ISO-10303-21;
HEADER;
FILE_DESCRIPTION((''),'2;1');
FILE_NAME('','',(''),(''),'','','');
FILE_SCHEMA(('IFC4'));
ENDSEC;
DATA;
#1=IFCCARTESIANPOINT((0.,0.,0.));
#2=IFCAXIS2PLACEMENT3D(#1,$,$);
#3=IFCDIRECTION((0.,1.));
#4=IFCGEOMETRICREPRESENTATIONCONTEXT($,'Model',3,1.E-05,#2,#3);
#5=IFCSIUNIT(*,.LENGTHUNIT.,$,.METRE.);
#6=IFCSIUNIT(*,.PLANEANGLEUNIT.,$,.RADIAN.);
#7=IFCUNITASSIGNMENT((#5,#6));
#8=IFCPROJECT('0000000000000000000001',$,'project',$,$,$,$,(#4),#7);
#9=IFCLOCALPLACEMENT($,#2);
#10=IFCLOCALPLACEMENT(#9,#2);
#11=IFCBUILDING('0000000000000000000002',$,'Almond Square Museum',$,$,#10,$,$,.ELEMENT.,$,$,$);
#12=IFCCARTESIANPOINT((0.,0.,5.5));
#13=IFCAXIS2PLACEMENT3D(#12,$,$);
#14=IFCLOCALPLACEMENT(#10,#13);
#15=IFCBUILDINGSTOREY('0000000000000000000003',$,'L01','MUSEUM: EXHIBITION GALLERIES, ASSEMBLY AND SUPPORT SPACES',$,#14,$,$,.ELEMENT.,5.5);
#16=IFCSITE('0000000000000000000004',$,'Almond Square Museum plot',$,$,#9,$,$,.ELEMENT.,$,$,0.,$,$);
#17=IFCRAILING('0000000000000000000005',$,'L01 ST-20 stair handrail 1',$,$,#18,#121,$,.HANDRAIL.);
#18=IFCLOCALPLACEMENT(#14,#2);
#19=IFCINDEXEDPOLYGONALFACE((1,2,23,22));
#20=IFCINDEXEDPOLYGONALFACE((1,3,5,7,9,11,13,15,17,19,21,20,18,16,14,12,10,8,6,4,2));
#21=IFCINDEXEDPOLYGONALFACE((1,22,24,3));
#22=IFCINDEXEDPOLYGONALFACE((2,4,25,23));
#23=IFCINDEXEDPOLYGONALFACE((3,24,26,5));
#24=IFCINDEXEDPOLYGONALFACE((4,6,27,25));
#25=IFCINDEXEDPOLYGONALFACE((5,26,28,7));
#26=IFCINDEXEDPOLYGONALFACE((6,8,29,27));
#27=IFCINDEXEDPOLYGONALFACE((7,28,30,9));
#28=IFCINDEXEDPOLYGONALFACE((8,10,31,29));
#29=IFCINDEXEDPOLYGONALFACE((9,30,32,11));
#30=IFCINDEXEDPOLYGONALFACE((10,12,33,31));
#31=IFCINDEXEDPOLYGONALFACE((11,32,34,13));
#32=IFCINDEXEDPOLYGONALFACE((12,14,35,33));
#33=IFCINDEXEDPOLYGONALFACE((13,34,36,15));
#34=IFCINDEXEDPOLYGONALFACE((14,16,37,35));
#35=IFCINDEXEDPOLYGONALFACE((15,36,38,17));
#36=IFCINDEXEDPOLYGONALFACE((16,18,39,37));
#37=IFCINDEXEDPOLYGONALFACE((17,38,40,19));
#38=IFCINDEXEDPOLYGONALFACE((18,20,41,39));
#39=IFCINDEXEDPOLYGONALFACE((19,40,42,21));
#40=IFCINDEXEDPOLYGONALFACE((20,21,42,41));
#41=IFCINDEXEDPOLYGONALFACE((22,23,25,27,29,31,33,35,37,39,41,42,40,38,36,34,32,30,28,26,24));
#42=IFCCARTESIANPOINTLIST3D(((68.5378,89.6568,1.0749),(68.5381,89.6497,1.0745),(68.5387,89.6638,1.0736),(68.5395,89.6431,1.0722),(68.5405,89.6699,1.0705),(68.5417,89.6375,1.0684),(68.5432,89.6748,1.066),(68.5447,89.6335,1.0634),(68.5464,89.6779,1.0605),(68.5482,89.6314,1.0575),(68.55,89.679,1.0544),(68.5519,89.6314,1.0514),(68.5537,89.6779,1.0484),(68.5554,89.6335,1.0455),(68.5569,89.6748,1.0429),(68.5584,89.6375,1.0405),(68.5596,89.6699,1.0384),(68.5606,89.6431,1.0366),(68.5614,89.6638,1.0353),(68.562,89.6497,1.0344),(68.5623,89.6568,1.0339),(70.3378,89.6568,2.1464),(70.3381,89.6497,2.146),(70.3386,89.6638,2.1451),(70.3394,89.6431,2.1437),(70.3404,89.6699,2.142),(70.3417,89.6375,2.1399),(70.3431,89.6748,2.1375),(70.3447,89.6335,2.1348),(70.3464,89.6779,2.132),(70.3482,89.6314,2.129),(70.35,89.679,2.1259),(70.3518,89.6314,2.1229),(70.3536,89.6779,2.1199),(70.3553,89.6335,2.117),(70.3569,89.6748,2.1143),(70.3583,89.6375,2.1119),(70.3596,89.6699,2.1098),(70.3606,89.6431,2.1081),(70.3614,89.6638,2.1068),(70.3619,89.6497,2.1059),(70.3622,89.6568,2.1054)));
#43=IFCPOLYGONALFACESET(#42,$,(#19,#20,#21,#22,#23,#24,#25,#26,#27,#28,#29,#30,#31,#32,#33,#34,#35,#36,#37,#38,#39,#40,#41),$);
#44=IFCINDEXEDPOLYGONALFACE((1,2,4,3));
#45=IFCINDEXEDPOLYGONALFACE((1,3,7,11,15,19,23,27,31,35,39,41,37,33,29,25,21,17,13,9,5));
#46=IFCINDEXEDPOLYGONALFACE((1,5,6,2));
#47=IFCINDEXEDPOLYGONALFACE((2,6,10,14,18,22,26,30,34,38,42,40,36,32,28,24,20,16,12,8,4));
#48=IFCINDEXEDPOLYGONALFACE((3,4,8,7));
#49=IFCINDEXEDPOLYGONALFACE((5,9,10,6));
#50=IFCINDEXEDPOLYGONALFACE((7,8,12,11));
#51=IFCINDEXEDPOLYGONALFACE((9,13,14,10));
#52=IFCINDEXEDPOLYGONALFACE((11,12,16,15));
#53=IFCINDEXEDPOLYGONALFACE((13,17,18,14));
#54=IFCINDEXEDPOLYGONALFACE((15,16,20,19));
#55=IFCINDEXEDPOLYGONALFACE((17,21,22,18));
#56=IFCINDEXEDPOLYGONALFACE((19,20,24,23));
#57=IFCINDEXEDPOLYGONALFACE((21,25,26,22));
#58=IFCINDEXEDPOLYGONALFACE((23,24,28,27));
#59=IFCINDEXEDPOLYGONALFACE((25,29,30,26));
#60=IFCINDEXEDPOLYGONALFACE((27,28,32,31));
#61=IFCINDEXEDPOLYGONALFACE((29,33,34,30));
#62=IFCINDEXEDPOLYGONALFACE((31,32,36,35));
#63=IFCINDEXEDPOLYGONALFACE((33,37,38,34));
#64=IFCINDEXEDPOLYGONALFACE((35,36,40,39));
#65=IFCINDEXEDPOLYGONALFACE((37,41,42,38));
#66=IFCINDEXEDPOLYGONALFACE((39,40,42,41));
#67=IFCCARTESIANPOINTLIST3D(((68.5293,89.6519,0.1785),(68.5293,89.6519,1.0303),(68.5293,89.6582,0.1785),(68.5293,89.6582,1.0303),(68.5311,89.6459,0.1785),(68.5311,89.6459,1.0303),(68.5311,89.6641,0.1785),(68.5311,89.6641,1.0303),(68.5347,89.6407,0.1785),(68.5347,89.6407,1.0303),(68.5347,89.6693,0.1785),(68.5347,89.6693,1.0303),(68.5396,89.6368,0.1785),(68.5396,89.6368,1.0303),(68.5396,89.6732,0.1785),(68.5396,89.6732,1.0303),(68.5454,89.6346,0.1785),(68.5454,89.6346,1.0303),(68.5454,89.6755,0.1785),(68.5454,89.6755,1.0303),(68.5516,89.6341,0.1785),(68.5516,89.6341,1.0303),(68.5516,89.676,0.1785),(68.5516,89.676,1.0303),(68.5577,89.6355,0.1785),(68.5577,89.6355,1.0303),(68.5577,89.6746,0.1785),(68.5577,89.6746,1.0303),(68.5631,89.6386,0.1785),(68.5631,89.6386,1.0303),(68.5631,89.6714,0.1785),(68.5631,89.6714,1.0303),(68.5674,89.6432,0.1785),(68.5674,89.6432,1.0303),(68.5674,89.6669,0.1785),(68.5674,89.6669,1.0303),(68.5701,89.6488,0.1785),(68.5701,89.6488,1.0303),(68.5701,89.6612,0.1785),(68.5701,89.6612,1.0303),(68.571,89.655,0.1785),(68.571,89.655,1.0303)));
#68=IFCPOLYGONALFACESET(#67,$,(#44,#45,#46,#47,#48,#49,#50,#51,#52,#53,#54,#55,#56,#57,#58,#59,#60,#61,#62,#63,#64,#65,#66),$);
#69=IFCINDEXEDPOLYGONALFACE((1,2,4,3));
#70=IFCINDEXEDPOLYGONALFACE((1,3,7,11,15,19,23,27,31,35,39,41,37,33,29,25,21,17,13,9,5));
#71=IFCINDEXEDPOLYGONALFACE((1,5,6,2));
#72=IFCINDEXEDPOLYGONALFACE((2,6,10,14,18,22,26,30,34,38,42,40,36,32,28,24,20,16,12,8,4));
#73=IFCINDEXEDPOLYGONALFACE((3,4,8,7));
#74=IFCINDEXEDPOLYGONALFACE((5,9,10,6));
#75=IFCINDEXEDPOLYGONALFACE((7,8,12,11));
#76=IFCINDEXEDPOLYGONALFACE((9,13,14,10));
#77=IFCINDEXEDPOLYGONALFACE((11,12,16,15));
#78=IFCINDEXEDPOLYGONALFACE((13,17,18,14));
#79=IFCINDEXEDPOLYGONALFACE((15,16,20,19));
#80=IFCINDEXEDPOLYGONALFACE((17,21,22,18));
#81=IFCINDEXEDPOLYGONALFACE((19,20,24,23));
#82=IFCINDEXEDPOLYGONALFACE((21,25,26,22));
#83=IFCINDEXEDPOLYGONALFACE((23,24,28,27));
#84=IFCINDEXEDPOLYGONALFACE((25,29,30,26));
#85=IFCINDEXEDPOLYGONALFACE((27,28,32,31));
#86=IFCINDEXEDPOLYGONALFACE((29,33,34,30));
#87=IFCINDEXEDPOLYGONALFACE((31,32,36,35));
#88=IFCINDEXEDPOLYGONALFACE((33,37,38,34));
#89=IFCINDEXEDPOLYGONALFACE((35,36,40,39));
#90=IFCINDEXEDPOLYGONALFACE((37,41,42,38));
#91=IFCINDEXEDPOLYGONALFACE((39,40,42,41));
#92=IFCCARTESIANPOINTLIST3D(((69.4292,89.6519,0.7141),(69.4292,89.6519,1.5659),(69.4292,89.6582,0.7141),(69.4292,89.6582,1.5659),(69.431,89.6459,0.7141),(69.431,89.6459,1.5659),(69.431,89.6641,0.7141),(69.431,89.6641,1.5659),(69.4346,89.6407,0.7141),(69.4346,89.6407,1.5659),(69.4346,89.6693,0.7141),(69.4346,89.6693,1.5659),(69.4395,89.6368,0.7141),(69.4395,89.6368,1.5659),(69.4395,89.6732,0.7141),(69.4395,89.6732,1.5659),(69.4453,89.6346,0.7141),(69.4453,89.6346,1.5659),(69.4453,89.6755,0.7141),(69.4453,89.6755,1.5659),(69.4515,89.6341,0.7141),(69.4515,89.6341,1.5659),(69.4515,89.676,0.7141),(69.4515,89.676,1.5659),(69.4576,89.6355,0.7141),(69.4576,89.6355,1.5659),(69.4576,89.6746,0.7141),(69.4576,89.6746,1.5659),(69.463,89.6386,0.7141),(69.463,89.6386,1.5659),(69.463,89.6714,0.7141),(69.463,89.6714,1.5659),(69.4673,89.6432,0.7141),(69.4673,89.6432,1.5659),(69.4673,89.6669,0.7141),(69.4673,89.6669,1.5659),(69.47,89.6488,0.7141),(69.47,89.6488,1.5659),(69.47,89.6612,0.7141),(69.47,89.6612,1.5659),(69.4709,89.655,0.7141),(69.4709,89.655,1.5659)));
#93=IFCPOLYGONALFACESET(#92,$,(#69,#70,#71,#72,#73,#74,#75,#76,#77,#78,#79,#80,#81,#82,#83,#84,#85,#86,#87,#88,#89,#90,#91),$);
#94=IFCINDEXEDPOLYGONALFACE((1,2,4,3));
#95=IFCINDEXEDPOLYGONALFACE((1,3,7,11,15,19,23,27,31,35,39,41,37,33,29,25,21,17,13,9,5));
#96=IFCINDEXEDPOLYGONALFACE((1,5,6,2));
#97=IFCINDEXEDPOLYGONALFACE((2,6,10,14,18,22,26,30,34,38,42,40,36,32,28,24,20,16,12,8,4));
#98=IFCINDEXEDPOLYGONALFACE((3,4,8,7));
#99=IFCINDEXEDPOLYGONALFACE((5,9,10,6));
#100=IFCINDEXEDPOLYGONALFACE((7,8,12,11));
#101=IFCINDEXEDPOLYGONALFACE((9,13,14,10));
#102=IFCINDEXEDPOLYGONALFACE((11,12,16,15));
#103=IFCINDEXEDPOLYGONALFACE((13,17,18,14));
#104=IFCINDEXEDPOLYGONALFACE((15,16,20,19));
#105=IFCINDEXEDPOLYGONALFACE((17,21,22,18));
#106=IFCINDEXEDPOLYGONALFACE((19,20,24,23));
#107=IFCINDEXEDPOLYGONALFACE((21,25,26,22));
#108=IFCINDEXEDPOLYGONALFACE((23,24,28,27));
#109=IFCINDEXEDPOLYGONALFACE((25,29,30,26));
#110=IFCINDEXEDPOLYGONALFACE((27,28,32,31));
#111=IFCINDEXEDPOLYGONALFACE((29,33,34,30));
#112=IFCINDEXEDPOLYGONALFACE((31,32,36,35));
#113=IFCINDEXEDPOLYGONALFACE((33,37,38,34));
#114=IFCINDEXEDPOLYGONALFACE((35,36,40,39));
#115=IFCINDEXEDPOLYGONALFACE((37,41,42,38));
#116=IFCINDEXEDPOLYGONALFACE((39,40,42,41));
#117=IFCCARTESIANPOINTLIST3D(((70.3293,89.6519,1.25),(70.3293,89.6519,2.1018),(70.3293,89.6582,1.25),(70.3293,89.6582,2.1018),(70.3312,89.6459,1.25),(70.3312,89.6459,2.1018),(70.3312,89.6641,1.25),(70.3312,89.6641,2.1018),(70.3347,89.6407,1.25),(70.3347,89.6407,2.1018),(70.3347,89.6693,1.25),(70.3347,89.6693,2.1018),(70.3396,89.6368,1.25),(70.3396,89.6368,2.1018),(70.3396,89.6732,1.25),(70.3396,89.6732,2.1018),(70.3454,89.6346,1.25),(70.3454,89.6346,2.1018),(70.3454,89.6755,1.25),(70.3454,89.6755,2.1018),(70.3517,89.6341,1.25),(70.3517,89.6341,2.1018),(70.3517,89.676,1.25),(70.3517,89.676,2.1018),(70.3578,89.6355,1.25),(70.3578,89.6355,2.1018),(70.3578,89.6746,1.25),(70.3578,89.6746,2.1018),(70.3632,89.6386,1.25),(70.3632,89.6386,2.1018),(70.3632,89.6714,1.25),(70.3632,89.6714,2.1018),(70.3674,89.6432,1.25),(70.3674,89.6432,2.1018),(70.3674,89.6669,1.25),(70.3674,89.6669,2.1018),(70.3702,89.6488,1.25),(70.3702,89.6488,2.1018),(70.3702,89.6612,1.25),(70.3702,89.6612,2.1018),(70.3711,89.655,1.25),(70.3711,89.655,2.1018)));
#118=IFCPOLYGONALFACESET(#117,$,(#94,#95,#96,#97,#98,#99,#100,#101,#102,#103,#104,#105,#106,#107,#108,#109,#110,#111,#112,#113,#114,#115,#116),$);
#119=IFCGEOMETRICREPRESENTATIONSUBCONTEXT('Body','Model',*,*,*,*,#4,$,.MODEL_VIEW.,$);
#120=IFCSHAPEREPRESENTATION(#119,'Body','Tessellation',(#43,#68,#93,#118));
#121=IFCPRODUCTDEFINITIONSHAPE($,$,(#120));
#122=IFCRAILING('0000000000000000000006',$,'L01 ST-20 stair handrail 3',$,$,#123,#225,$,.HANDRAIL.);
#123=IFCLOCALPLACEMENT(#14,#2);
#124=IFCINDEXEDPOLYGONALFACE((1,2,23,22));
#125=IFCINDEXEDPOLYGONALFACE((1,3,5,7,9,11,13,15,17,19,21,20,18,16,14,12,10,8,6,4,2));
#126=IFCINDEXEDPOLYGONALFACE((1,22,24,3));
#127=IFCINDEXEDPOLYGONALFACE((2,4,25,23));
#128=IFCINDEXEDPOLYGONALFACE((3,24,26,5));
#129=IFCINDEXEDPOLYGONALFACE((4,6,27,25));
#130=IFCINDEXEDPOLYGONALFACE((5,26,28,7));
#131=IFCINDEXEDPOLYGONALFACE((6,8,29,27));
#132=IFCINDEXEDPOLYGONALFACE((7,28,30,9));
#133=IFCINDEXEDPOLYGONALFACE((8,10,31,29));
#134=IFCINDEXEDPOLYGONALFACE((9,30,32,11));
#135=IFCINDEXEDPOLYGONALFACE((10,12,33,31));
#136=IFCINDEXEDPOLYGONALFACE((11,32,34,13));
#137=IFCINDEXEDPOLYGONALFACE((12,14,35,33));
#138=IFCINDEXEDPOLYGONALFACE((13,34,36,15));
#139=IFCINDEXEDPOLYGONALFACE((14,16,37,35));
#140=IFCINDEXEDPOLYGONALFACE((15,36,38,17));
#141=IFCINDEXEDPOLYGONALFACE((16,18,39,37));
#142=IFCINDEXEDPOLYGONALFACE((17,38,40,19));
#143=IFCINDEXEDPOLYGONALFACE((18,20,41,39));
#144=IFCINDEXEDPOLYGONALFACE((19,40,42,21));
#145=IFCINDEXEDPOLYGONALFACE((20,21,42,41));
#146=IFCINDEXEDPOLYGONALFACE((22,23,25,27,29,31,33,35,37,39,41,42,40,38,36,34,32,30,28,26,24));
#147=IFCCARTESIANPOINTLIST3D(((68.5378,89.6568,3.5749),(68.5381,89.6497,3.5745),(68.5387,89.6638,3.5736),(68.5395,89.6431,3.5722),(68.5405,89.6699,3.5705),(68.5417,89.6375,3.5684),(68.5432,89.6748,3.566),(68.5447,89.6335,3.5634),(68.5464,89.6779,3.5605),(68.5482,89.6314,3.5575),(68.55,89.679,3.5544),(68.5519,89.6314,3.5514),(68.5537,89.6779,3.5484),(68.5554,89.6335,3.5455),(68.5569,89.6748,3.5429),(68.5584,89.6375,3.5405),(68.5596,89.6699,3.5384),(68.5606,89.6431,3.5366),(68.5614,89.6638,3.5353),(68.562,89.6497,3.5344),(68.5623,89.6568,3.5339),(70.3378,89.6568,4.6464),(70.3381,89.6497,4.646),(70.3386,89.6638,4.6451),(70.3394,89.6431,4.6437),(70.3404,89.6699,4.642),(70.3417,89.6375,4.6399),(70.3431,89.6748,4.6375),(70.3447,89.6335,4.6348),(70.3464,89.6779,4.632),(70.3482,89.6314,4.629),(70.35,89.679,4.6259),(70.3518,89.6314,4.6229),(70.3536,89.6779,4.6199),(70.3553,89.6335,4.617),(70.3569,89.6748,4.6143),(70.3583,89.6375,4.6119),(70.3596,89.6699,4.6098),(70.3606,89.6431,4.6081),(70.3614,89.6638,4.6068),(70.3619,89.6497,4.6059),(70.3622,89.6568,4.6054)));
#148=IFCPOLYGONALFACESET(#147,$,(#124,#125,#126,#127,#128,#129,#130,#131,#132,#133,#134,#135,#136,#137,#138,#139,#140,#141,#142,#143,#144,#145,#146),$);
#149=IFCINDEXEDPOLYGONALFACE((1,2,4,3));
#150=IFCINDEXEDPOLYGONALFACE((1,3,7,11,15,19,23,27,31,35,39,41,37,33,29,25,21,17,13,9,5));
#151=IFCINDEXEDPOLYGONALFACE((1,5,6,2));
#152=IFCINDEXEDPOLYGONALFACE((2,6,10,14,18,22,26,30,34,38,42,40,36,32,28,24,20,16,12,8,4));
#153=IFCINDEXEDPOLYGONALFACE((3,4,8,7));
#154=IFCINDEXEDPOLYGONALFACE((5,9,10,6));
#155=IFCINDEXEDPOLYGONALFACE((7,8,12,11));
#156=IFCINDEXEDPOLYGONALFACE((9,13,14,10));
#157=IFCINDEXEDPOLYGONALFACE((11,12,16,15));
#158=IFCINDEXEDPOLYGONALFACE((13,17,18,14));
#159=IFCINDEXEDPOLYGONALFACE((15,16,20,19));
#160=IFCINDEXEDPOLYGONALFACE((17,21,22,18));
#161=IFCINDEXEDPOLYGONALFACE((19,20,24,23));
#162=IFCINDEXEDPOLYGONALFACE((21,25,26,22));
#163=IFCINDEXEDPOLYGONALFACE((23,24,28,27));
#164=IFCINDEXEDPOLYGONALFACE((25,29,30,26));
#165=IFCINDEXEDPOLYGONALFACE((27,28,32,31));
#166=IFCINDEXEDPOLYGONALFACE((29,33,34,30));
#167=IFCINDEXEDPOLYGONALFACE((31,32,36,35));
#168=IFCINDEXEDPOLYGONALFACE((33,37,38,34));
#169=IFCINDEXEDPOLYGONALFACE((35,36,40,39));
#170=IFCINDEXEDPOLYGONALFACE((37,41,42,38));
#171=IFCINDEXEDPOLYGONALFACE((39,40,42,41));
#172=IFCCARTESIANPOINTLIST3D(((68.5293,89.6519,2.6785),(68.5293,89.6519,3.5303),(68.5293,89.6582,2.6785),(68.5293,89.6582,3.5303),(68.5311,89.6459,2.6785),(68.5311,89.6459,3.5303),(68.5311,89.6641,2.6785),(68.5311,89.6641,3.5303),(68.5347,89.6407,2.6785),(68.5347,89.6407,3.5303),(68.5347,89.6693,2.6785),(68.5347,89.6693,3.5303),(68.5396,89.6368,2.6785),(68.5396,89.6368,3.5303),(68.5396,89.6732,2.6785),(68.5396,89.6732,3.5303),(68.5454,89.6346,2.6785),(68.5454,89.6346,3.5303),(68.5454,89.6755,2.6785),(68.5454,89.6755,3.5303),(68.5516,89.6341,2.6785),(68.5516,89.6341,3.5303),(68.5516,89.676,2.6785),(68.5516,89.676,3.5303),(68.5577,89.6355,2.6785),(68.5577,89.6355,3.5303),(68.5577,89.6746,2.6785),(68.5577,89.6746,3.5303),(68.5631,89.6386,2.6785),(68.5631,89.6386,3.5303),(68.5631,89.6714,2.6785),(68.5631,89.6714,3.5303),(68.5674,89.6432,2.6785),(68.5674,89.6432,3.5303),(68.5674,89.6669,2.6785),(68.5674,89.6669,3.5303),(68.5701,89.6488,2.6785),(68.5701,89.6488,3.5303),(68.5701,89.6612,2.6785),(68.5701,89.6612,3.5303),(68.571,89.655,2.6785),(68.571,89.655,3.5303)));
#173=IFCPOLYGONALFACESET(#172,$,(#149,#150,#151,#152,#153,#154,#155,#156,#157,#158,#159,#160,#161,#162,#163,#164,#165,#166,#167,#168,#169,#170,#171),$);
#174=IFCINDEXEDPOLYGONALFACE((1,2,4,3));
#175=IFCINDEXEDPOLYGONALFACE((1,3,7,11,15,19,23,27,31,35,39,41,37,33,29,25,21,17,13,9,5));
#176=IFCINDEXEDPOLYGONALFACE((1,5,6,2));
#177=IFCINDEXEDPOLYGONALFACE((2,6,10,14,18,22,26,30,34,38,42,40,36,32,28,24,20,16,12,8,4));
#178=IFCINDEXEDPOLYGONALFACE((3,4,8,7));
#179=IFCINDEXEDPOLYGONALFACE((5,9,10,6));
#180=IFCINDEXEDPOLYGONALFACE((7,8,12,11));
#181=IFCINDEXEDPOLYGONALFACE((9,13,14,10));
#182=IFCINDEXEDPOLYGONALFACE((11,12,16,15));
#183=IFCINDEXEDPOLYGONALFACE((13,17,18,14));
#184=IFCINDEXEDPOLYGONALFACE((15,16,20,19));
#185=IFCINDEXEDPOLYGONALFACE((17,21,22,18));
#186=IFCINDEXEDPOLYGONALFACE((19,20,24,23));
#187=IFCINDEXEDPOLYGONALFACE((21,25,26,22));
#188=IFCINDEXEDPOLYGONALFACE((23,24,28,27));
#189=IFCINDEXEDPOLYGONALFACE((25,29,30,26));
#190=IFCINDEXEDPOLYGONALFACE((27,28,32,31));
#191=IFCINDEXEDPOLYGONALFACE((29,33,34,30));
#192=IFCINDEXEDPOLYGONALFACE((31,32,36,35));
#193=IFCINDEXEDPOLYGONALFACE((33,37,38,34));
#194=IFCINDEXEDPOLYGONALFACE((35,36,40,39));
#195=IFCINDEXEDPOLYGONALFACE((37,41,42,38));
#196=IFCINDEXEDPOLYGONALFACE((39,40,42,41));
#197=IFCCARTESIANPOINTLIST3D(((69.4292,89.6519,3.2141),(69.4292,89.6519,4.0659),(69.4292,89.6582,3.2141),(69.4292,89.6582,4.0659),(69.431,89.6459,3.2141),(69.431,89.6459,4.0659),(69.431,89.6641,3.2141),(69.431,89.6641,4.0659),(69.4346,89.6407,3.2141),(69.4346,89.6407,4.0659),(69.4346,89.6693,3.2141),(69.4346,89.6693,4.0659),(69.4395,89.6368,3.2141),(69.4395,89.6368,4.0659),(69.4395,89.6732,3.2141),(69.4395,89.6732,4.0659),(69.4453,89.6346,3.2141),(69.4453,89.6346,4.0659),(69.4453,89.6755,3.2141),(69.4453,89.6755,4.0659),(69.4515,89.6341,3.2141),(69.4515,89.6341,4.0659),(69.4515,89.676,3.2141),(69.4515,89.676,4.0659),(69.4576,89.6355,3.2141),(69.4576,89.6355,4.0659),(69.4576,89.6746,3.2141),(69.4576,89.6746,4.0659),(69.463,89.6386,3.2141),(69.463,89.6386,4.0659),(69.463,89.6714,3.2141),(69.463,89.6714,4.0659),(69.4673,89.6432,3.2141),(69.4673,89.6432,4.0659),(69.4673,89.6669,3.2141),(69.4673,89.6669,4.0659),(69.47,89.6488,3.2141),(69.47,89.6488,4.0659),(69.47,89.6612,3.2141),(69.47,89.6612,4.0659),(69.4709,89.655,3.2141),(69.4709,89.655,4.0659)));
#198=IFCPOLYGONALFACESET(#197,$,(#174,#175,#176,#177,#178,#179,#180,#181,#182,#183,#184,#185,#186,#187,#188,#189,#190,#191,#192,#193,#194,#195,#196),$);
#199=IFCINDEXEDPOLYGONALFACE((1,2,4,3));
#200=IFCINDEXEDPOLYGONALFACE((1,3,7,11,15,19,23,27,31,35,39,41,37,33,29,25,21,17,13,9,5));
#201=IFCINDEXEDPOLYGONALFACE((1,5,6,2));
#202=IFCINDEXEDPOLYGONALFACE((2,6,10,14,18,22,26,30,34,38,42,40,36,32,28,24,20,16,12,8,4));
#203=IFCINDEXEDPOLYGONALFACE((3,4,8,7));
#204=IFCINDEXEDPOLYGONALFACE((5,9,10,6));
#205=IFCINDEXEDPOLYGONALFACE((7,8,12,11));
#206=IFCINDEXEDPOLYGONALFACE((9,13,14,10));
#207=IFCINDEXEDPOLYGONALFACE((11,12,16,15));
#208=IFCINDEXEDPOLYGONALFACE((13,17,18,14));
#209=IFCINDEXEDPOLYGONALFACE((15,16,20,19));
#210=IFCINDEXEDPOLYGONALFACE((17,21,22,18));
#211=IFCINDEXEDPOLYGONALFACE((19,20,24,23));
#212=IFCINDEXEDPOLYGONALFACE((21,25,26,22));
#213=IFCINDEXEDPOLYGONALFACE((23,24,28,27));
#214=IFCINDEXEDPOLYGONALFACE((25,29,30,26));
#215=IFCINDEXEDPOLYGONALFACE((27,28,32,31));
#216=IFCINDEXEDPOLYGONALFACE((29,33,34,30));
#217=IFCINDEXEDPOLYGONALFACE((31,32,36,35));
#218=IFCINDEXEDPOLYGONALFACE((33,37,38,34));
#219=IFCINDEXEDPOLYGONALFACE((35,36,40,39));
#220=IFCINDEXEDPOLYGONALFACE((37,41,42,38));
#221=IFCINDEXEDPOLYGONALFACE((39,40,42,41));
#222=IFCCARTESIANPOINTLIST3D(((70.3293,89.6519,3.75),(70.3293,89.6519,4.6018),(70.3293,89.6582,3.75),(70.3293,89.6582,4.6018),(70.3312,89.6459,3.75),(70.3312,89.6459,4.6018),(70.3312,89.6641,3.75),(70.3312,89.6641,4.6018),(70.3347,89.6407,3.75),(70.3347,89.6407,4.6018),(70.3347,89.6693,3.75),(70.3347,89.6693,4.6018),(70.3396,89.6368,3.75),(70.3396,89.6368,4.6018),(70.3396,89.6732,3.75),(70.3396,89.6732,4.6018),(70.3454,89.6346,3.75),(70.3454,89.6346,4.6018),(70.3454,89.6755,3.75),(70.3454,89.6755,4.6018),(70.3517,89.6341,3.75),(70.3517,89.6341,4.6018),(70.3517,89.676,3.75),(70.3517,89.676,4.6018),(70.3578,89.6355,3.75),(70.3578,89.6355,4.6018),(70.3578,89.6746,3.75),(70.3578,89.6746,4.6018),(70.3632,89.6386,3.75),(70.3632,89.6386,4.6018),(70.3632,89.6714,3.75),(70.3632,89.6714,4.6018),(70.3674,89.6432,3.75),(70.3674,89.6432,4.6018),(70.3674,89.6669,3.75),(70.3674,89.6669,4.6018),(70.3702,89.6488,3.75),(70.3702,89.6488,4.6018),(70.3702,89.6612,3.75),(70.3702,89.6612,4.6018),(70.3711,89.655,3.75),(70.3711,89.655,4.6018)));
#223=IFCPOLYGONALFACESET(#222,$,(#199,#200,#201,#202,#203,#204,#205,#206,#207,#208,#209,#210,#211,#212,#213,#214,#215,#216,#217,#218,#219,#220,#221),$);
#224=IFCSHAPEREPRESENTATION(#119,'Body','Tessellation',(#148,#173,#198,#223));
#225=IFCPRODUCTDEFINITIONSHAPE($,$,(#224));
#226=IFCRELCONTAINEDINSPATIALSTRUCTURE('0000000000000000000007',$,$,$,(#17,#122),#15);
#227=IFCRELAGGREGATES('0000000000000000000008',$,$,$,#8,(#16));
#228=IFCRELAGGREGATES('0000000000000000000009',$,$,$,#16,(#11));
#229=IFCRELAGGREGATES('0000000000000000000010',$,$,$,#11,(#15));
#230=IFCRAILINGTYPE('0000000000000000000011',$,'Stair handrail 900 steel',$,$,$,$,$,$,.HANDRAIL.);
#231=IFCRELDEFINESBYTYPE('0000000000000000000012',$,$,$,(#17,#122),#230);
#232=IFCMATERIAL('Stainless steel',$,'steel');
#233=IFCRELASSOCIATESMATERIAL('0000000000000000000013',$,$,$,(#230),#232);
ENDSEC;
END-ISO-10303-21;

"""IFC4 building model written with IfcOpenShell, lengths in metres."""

from ifc_helpers import new_model, si_unit, direction, frame, origin, origin_2d, place, context, subcontext, project, spatial, circle, extrude, material, type_object, element, save


model = new_model("IFC4")

# Units and contexts
model_context = context("Model", 3, precision=1e-05, world=origin(), true_north=direction((0.0, 1.0)))
body_context = subcontext(model_context, "Body", "Model", "MODEL_VIEW")
ifc_project = project(units=[si_unit("LENGTHUNIT", "METRE"), si_unit("PLANEANGLEUNIT", "RADIAN")], contexts=[model_context])

# Site, building, storey
site_placement = place(None, origin())
site = spatial("IfcSite", under=ifc_project, at=site_placement, Name="Almond Square Museum plot", CompositionType="ELEMENT", RefElevation=0.0)
building_placement = place(site_placement, origin())
building = spatial("IfcBuilding", under=site, at=building_placement, Name="Almond Square Museum", CompositionType="ELEMENT")
storey_placement = place(building_placement, frame((0.0, 0.0, 5.5)))
storey = spatial("IfcBuildingStorey", under=building, at=storey_placement, Name="L01", Description="MUSEUM: EXHIBITION GALLERIES, ASSEMBLY AND SUPPORT SPACES", CompositionType="ELEMENT", Elevation=5.5)

# Railings
ifc_material_1 = material(Name="Stainless steel", Category="steel")
railing_type_1 = type_object("IfcRailingType", Name="Stair handrail 900 steel", PredefinedType="HANDRAIL", material=ifc_material_1)
for number, where, name in (
    (1, (68.55, 89.655, 0.1785), "L01 ST-20 stair handrail 1"),
    (2, (68.55, 89.655, 2.6785), "L01 ST-20 stair handrail 3"),
):
    element("IfcRailing", number, at=place(storey_placement, frame(where)), inside=storey, type_object=railing_type_1, Name=name, PredefinedType="HANDRAIL", context=body_context, shape_type="SweptSolid", body=[
        extrude(circle(Radius=0.0239, at=origin_2d()), frame((0.0, 0.0, 0.876), z_axis=(0.859277, 0.0, 0.51151), x_axis=(0.0, 1.0, 0.0)), (0.0, 0.0, 1.0), 2.0947),
        extrude(circle(Radius=0.021, at=origin_2d()), origin(), (0.0, 0.0, 1.0), 0.8518),
        extrude(circle(Radius=0.021, at=origin_2d()), frame((0.8999, 0.0, 0.5356)), (0.0, 0.0, 1.0), 0.8518),
        extrude(circle(Radius=0.021, at=origin_2d()), frame((1.8, 0.0, 1.0715)), (0.0, 0.0, 1.0), 0.8518),
    ])

save(model, "model.ifc")
